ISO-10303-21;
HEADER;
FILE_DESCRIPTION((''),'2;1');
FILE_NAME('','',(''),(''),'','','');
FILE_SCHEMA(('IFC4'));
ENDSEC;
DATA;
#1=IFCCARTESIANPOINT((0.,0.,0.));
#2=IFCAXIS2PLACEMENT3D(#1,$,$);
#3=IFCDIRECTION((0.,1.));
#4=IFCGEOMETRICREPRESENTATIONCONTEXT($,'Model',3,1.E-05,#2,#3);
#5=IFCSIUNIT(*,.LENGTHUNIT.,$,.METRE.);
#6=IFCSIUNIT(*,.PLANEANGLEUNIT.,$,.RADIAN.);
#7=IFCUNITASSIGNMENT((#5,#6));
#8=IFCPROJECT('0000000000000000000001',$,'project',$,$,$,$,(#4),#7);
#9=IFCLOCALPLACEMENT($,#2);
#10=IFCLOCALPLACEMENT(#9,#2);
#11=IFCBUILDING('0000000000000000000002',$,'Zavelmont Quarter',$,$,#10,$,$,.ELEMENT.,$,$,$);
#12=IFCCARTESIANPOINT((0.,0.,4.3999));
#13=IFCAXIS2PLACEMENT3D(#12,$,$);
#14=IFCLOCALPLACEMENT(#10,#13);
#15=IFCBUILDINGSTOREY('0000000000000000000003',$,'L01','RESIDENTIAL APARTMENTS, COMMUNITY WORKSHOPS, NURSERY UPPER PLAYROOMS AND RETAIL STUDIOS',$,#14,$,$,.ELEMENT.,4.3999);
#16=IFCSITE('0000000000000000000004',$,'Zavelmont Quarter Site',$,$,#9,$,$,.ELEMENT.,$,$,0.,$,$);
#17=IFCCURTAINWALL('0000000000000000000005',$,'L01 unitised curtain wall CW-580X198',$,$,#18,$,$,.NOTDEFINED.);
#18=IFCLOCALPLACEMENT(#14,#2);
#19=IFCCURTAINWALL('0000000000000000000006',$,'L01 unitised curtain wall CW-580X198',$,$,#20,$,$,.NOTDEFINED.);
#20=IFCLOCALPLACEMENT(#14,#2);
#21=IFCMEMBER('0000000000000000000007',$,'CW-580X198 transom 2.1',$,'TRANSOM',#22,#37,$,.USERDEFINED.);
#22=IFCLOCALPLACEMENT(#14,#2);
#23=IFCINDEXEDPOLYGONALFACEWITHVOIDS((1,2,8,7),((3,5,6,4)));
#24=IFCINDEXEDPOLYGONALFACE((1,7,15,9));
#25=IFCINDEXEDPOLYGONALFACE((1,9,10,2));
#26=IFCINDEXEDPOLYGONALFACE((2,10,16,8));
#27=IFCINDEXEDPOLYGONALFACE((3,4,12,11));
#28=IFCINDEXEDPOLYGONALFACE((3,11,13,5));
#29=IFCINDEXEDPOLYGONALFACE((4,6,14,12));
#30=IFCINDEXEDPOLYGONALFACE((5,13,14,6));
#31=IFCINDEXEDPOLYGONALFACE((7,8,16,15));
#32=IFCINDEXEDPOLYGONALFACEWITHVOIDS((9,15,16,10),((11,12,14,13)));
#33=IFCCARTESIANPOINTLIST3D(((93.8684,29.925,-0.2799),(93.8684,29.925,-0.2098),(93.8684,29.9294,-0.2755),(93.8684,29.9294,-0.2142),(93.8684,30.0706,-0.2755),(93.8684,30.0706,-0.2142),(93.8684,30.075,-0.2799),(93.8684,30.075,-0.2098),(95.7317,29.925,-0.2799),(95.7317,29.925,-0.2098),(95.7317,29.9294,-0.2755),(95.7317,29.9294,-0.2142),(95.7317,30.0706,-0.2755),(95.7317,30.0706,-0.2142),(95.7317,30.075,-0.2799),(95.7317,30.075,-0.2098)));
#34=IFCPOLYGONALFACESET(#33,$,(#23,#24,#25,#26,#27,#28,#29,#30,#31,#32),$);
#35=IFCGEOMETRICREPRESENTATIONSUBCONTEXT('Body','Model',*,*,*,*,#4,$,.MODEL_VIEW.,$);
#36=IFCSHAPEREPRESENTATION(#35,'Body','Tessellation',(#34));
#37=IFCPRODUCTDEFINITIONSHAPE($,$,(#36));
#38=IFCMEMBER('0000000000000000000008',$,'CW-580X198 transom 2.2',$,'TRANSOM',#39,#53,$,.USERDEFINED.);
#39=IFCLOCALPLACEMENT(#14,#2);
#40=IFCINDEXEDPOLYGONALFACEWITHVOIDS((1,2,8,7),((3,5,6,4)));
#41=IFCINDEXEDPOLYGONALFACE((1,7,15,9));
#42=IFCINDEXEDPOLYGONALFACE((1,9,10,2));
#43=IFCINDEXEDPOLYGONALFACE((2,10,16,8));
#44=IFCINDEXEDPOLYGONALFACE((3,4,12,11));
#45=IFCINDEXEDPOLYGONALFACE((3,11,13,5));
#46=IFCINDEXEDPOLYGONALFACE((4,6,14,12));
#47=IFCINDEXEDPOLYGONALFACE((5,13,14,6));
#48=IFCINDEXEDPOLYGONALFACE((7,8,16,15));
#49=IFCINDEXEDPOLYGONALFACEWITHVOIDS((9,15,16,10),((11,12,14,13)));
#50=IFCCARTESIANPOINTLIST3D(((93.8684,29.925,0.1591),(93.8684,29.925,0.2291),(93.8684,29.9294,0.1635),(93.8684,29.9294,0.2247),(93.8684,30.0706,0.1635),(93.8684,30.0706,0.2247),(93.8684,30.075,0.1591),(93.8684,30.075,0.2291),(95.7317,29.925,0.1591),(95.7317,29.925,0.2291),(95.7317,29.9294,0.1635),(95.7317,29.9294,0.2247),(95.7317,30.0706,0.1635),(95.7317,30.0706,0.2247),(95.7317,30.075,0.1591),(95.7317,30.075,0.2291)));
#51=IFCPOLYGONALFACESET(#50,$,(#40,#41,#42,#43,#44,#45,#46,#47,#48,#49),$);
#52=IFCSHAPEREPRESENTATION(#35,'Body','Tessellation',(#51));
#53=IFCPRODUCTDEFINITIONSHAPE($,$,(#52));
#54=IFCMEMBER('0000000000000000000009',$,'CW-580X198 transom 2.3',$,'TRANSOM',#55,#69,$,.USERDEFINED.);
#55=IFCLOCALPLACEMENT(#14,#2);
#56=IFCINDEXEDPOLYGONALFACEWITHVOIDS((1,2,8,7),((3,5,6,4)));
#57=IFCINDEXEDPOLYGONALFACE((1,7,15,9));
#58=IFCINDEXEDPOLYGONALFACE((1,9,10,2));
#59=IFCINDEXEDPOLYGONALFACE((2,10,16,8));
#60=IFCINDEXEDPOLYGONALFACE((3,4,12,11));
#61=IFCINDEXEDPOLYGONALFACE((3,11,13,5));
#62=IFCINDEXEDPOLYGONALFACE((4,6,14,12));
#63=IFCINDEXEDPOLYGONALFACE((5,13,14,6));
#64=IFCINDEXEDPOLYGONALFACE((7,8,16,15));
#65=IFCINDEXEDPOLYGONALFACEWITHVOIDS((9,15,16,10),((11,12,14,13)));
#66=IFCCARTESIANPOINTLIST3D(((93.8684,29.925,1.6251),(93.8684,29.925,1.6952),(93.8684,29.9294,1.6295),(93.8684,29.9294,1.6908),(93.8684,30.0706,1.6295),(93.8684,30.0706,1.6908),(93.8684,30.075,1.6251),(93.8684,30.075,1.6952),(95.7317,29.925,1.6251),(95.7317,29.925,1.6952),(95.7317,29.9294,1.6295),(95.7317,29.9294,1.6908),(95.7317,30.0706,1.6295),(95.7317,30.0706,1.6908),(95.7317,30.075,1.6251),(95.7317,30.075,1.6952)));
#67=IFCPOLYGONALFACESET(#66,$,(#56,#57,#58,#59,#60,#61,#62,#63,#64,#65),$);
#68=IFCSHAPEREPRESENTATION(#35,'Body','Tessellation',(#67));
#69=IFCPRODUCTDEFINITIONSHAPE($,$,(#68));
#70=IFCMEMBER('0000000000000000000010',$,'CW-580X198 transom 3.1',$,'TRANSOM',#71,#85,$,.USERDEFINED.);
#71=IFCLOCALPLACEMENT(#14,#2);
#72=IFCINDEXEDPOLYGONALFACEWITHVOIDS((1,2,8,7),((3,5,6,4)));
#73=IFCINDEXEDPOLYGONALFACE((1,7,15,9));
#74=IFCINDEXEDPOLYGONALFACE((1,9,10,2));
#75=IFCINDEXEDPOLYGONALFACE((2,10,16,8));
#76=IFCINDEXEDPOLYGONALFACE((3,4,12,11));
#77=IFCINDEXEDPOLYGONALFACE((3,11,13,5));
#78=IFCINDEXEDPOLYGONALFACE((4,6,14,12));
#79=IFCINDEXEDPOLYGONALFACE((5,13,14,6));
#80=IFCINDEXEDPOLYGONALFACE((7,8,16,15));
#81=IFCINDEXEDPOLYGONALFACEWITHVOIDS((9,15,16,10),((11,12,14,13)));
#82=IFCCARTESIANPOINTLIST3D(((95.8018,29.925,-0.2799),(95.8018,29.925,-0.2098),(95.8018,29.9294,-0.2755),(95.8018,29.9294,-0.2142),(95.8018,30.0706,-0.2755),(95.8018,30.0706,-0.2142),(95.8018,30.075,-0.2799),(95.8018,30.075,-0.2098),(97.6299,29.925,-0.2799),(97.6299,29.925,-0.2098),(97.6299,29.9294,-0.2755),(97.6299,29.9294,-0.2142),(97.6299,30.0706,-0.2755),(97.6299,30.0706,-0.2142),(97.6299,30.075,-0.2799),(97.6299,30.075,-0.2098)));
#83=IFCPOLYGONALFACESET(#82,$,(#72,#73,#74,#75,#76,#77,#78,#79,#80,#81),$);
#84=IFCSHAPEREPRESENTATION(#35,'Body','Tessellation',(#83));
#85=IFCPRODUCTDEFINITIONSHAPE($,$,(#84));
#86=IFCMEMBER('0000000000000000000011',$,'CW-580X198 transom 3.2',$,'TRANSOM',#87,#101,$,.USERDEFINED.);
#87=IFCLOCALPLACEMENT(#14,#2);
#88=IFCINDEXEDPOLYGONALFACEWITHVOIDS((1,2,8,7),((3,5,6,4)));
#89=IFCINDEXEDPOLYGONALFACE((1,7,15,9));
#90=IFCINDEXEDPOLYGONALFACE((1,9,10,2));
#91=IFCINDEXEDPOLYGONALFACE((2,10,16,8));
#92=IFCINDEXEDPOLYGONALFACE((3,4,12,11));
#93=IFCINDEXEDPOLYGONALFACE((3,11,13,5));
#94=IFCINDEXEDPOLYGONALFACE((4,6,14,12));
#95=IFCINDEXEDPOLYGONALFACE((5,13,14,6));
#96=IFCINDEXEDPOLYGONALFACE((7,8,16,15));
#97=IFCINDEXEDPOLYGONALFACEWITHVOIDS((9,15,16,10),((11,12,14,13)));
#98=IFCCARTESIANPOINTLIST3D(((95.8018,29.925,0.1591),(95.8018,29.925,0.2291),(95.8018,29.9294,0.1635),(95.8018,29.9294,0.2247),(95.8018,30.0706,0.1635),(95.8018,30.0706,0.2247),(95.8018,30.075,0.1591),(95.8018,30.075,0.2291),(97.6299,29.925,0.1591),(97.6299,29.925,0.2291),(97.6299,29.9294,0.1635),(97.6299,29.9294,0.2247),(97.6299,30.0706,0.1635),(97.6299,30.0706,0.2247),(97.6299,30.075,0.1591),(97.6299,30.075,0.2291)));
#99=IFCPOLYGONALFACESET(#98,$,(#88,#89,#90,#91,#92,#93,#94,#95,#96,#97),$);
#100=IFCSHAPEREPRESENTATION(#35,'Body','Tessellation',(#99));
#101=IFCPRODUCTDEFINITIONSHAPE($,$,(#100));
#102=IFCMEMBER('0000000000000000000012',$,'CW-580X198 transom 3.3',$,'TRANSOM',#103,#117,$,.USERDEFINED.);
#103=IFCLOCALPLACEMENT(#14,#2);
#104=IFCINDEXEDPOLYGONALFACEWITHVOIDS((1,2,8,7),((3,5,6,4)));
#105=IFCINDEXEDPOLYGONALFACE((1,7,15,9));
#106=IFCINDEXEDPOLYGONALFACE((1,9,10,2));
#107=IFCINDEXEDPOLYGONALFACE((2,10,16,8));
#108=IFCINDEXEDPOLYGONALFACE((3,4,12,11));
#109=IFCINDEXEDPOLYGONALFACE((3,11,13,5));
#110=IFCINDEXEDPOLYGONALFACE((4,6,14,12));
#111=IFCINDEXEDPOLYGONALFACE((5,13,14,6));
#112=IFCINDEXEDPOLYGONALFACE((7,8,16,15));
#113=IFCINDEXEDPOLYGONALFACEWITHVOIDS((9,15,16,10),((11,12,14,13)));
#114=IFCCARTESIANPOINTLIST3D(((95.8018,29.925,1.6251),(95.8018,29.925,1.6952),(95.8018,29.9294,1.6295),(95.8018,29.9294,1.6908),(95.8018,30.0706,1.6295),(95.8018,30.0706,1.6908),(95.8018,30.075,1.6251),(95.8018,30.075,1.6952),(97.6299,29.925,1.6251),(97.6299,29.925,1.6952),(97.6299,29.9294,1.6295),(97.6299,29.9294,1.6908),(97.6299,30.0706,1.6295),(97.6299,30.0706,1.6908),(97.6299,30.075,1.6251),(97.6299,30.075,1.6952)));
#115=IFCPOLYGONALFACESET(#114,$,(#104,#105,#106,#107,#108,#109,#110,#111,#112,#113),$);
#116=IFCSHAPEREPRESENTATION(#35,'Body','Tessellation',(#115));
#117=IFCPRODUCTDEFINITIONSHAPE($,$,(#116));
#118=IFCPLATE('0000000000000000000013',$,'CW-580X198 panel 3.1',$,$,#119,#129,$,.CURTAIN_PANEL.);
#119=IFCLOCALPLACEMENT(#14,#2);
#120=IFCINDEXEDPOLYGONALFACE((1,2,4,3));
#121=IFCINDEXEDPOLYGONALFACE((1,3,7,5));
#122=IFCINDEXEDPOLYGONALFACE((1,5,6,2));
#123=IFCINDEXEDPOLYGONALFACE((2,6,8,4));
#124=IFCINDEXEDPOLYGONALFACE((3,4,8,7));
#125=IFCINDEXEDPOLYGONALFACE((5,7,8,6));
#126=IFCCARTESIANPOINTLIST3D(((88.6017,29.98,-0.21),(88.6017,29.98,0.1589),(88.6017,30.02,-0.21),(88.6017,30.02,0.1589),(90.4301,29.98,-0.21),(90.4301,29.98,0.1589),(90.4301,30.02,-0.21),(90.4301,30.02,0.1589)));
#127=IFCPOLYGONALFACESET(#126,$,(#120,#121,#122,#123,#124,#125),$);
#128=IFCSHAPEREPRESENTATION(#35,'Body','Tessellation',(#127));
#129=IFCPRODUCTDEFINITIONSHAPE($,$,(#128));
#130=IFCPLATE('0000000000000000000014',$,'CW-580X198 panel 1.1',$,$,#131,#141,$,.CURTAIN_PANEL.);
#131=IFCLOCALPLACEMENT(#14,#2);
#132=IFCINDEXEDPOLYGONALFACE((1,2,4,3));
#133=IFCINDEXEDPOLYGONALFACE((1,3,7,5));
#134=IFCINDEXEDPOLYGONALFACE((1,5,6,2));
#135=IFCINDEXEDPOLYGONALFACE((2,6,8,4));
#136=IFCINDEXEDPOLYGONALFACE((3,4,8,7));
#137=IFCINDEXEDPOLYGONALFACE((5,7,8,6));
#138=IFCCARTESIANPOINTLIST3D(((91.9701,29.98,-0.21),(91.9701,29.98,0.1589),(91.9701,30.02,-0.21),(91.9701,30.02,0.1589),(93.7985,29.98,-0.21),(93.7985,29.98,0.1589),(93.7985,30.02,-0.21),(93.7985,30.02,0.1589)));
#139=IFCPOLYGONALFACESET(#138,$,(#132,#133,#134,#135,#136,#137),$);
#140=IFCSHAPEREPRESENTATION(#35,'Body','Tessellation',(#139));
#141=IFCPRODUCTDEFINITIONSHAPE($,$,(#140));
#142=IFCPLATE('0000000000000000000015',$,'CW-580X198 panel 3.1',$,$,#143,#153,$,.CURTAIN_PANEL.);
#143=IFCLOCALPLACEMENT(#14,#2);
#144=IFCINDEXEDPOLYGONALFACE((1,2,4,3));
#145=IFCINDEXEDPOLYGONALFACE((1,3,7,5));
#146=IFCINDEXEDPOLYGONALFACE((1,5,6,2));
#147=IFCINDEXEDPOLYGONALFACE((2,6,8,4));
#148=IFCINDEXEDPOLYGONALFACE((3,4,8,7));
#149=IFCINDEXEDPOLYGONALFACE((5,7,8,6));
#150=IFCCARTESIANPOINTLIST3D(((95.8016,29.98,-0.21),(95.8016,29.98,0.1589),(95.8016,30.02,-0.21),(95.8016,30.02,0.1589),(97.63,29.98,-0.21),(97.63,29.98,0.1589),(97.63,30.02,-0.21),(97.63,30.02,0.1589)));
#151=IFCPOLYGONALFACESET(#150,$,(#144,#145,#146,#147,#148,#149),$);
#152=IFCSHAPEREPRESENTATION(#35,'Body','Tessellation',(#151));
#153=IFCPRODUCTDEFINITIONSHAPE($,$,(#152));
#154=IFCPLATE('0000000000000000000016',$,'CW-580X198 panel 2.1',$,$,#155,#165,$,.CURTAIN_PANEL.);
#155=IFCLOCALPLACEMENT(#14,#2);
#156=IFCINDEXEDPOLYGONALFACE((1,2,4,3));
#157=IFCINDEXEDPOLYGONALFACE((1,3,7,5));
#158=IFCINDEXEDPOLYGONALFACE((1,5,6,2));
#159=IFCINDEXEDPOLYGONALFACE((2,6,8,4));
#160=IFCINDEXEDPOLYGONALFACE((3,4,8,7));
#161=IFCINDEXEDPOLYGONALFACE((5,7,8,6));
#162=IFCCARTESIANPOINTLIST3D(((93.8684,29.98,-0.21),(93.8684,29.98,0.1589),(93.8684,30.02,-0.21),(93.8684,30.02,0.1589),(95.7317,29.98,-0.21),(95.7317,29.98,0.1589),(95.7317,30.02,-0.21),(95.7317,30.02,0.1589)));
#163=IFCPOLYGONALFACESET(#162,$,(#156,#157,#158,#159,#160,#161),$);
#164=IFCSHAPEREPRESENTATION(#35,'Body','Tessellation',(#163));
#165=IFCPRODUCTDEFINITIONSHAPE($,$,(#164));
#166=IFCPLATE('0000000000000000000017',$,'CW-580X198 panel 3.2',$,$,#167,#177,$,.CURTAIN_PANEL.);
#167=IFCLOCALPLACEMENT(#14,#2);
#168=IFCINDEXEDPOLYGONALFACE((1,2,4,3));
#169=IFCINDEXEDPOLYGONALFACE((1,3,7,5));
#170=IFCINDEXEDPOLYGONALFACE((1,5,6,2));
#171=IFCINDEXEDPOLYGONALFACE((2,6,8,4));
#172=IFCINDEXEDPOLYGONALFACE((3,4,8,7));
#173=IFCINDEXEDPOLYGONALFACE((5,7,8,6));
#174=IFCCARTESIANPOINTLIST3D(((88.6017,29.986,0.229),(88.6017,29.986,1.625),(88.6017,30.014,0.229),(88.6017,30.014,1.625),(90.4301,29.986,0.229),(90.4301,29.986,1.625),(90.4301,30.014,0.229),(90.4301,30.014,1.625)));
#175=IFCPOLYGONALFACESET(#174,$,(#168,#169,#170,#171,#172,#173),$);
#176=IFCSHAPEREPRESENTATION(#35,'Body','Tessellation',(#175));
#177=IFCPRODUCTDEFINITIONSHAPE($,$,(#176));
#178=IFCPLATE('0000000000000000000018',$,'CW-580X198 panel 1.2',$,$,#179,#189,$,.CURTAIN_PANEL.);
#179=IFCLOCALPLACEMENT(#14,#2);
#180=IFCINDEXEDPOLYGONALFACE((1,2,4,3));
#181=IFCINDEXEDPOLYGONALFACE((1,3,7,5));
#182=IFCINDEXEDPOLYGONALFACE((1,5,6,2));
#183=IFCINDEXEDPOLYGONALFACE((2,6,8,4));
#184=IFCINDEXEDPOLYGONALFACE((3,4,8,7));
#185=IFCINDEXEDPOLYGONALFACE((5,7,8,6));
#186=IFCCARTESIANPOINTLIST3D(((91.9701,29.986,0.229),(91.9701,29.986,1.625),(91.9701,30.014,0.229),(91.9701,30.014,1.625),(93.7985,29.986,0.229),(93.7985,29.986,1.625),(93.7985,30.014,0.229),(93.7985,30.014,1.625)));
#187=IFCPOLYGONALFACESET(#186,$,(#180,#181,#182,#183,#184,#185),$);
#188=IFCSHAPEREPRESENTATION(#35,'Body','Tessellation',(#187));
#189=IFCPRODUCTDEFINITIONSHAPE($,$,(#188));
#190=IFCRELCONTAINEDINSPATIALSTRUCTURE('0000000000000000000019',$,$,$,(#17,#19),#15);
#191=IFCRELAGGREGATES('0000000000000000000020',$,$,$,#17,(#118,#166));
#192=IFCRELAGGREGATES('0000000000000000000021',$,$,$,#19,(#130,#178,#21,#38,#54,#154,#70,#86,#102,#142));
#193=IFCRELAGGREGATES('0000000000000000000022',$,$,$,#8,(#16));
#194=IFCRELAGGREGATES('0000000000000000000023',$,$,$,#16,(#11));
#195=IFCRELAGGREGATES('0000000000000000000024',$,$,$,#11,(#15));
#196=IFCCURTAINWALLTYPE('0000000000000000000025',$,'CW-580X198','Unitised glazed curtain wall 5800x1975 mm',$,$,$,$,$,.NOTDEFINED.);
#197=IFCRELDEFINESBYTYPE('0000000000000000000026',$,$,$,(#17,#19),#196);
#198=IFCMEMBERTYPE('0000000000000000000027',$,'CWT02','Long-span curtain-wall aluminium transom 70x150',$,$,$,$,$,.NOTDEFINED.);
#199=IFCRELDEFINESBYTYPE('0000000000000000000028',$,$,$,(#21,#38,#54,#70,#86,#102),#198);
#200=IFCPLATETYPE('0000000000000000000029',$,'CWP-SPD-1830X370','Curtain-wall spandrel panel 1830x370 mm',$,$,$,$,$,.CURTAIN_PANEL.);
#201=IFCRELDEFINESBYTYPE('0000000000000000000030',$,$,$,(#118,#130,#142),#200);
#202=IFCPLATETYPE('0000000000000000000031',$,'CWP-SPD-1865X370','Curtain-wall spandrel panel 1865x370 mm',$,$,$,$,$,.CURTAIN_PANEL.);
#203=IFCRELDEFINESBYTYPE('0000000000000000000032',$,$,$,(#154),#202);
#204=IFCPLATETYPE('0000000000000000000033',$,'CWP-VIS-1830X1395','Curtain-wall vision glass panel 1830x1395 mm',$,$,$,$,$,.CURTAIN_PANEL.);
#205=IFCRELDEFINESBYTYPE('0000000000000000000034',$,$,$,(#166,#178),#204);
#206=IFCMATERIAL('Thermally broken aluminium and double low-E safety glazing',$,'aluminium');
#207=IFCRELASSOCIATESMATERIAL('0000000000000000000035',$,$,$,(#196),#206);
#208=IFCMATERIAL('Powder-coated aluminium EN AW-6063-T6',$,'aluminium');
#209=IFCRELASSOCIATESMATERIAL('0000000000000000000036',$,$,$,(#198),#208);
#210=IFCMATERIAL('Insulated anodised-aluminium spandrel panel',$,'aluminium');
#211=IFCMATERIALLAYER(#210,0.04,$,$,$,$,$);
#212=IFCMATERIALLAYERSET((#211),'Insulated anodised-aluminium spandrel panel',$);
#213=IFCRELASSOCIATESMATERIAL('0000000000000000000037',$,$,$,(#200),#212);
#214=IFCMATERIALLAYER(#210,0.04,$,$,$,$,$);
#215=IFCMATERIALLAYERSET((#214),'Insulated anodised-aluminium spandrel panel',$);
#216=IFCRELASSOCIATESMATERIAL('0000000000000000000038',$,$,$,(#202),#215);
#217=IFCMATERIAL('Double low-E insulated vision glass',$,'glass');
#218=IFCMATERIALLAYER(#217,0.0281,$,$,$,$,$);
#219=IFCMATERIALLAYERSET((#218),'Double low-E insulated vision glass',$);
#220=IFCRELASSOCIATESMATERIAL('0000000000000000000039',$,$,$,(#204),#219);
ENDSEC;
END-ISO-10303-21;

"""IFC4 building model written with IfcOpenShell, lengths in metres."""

from ifc_helpers import new_model, si_unit, direction, frame, origin, origin_2d, place, context, subcontext, project, spatial, rectangle, hollow_rectangle, extrude, material, layer, layer_set, material_profile, profile_set, type_object, element, aggregate, save


model = new_model("IFC4")

# Units and contexts
model_context = context("Model", 3, precision=1e-05, world=origin(), true_north=direction((0.0, 1.0)))
body_context = subcontext(model_context, "Body", "Model", "MODEL_VIEW")
ifc_project = project(units=[si_unit("LENGTHUNIT", "METRE"), si_unit("PLANEANGLEUNIT", "RADIAN")], contexts=[model_context])

# Site, building, storey
site_placement = place(None, origin())
site = spatial("IfcSite", under=ifc_project, at=site_placement, Name="Zavelmont Quarter Site", CompositionType="ELEMENT", RefElevation=0.0)
building_placement = place(site_placement, origin())
building = spatial("IfcBuilding", under=site, at=building_placement, Name="Zavelmont Quarter", CompositionType="ELEMENT")
storey_placement = place(building_placement, frame((0.0, 0.0, 4.3999)))
storey = spatial("IfcBuildingStorey", under=building, at=storey_placement, Name="L01", Description="RESIDENTIAL APARTMENTS, COMMUNITY WORKSHOPS, NURSERY UPPER PLAYROOMS AND RETAIL STUDIOS", CompositionType="ELEMENT", Elevation=4.3999)

# Curtain wall
ifc_material_1 = material(Name="Thermally broken aluminium and double low-E safety glazing", Category="aluminium")
curtain_wall_type = type_object("IfcCurtainWallType", Name="CW-580X198", Description="Unitised glazed curtain wall 5800x1975 mm", PredefinedType="NOTDEFINED", material=ifc_material_1)
curtain_wall_1_placement = place(storey_placement, origin())
curtain_wall_1 = element("IfcCurtainWall", 1, at=curtain_wall_1_placement, inside=storey, type_object=curtain_wall_type, Name="L01 unitised curtain wall CW-580X198", PredefinedType="NOTDEFINED")
ifc_material_2 = material(Name="Powder-coated aluminium EN AW-6063-T6", Category="aluminium")

# Curtain wall
curtain_wall_2_placement = place(storey_placement, origin())
curtain_wall_2 = element("IfcCurtainWall", 2, at=curtain_wall_2_placement, inside=storey, type_object=curtain_wall_type, Name="L01 unitised curtain wall CW-580X198", PredefinedType="NOTDEFINED")

# Members
ifc_material_profile_1 = material_profile(ifc_material_2, hollow_rectangle(XDim=0.1499, YDim=0.0701, WallThickness=0.0044, at=origin_2d()), Name="CWT70X150")
ifc_profile_set_1 = profile_set([ifc_material_profile_1], Name="Powder-coated aluminium EN AW-6063-T6")
member_type_1 = type_object("IfcMemberType", Name="CWT02", Description="Long-span curtain-wall aluminium transom 70x150", PredefinedType="NOTDEFINED", material=ifc_profile_set_1)
member_1_placement = place(storey_placement, frame((93.8684, 30.0, -0.2449), z_axis=(1.0, 0.0, 0.0), x_axis=(0.0, 1.0, 0.0)))
member_1 = element("IfcMember", 3, at=member_1_placement, type_object=member_type_1, Name="CW-580X198 transom 2.1", ObjectType="TRANSOM", PredefinedType="USERDEFINED", context=body_context, shape_type="SweptSolid", body=[
    extrude(hollow_rectangle(XDim=0.1499, YDim=0.0701, WallThickness=0.0044, at=origin_2d()), origin(), (0.0, 0.0, 1.0), 1.8633),
])
member_2_placement = place(storey_placement, frame((93.8684, 30.0, 0.1941), z_axis=(1.0, 0.0, 0.0), x_axis=(0.0, 1.0, 0.0)))
member_2 = element("IfcMember", 4, at=member_2_placement, type_object=member_type_1, Name="CW-580X198 transom 2.2", ObjectType="TRANSOM", PredefinedType="USERDEFINED", context=body_context, shape_type="SweptSolid", body=[
    extrude(hollow_rectangle(XDim=0.1499, YDim=0.0701, WallThickness=0.0044, at=origin_2d()), origin(), (0.0, 0.0, 1.0), 1.8633),
])
member_3_placement = place(storey_placement, frame((93.8684, 30.0, 1.6602), z_axis=(1.0, 0.0, 0.0), x_axis=(0.0, 1.0, 0.0)))
member_3 = element("IfcMember", 5, at=member_3_placement, type_object=member_type_1, Name="CW-580X198 transom 2.3", ObjectType="TRANSOM", PredefinedType="USERDEFINED", context=body_context, shape_type="SweptSolid", body=[
    extrude(hollow_rectangle(XDim=0.1499, YDim=0.0701, WallThickness=0.0044, at=origin_2d()), origin(), (0.0, 0.0, 1.0), 1.8633),
])
member_4_placement = place(storey_placement, frame((95.8018, 30.0, -0.2449), z_axis=(1.0, 0.0, 0.0), x_axis=(0.0, 1.0, 0.0)))
member_4 = element("IfcMember", 6, at=member_4_placement, type_object=member_type_1, Name="CW-580X198 transom 3.1", ObjectType="TRANSOM", PredefinedType="USERDEFINED", context=body_context, shape_type="SweptSolid", body=[
    extrude(hollow_rectangle(XDim=0.1499, YDim=0.0701, WallThickness=0.0044, at=origin_2d()), origin(), (0.0, 0.0, 1.0), 1.8281),
])
member_5_placement = place(storey_placement, frame((95.8018, 30.0, 0.1941), z_axis=(1.0, 0.0, 0.0), x_axis=(0.0, 1.0, 0.0)))
member_5 = element("IfcMember", 7, at=member_5_placement, type_object=member_type_1, Name="CW-580X198 transom 3.2", ObjectType="TRANSOM", PredefinedType="USERDEFINED", context=body_context, shape_type="SweptSolid", body=[
    extrude(hollow_rectangle(XDim=0.1499, YDim=0.0701, WallThickness=0.0044, at=origin_2d()), origin(), (0.0, 0.0, 1.0), 1.8281),
])
member_6_placement = place(storey_placement, frame((95.8018, 30.0, 1.6602), z_axis=(1.0, 0.0, 0.0), x_axis=(0.0, 1.0, 0.0)))
member_6 = element("IfcMember", 8, at=member_6_placement, type_object=member_type_1, Name="CW-580X198 transom 3.3", ObjectType="TRANSOM", PredefinedType="USERDEFINED", context=body_context, shape_type="SweptSolid", body=[
    extrude(hollow_rectangle(XDim=0.1499, YDim=0.0701, WallThickness=0.0044, at=origin_2d()), origin(), (0.0, 0.0, 1.0), 1.8281),
])

# Plates
ifc_material_3 = material(Name="Insulated anodised-aluminium spandrel panel", Category="aluminium")
ifc_layer_1 = layer(ifc_material_3, 0.04)
ifc_layer_set_1 = layer_set([ifc_layer_1], Name="Insulated anodised-aluminium spandrel panel")
plate_type_1 = type_object("IfcPlateType", Name="CWP-SPD-1830X370", Description="Curtain-wall spandrel panel 1830x370 mm", PredefinedType="CURTAIN_PANEL", material=ifc_layer_set_1)
plate_1_placement = place(storey_placement, frame((89.5159, 30.0, -0.21), z_axis=(0.0, 0.0, 1.0), x_axis=(1.0, 0.0, 0.0)))
plate_1 = element("IfcPlate", 9, at=plate_1_placement, type_object=plate_type_1, Name="CW-580X198 panel 3.1", PredefinedType="CURTAIN_PANEL", context=body_context, shape_type="SweptSolid", body=[
    extrude(rectangle(XDim=1.8284, YDim=0.04, at=origin_2d()), origin(), (0.0, 0.0, 1.0), 0.3689),
])
plate_2_placement = place(storey_placement, frame((92.8843, 30.0, -0.21), z_axis=(0.0, 0.0, 1.0), x_axis=(1.0, 0.0, 0.0)))
plate_2 = element("IfcPlate", 10, at=plate_2_placement, type_object=plate_type_1, Name="CW-580X198 panel 1.1", PredefinedType="CURTAIN_PANEL", context=body_context, shape_type="SweptSolid", body=[
    extrude(rectangle(XDim=1.8284, YDim=0.04, at=origin_2d()), origin(), (0.0, 0.0, 1.0), 0.3689),
])
plate_3_placement = place(storey_placement, frame((96.7158, 30.0, -0.21), z_axis=(0.0, 0.0, 1.0), x_axis=(1.0, 0.0, 0.0)))
plate_3 = element("IfcPlate", 11, at=plate_3_placement, type_object=plate_type_1, Name="CW-580X198 panel 3.1", PredefinedType="CURTAIN_PANEL", context=body_context, shape_type="SweptSolid", body=[
    extrude(rectangle(XDim=1.8284, YDim=0.04, at=origin_2d()), origin(), (0.0, 0.0, 1.0), 0.3689),
])
ifc_layer_2 = layer(ifc_material_3, 0.04)
ifc_layer_set_2 = layer_set([ifc_layer_2], Name="Insulated anodised-aluminium spandrel panel")
plate_type_2 = type_object("IfcPlateType", Name="CWP-SPD-1865X370", Description="Curtain-wall spandrel panel 1865x370 mm", PredefinedType="CURTAIN_PANEL", material=ifc_layer_set_2)
plate_4_placement = place(storey_placement, frame((94.8, 30.0, -0.21), z_axis=(0.0, 0.0, 1.0), x_axis=(1.0, 0.0, 0.0)))
plate_4 = element("IfcPlate", 12, at=plate_4_placement, type_object=plate_type_2, Name="CW-580X198 panel 2.1", PredefinedType="CURTAIN_PANEL", context=body_context, shape_type="SweptSolid", body=[
    extrude(rectangle(XDim=1.8633, YDim=0.04, at=origin_2d()), origin(), (0.0, 0.0, 1.0), 0.3689),
])
ifc_material_4 = material(Name="Double low-E insulated vision glass", Category="glass")
ifc_layer_3 = layer(ifc_material_4, 0.0281)
ifc_layer_set_3 = layer_set([ifc_layer_3], Name="Double low-E insulated vision glass")
plate_type_3 = type_object("IfcPlateType", Name="CWP-VIS-1830X1395", Description="Curtain-wall vision glass panel 1830x1395 mm", PredefinedType="CURTAIN_PANEL", material=ifc_layer_set_3)
plate_5_placement = place(storey_placement, frame((89.5159, 30.0, 0.229), z_axis=(0.0, 0.0, 1.0), x_axis=(1.0, 0.0, 0.0)))
plate_5 = element("IfcPlate", 13, at=plate_5_placement, type_object=plate_type_3, Name="CW-580X198 panel 3.2", PredefinedType="CURTAIN_PANEL", context=body_context, shape_type="SweptSolid", body=[
    extrude(rectangle(XDim=1.8284, YDim=0.0281, at=origin_2d()), origin(), (0.0, 0.0, 1.0), 1.396),
])
aggregate(curtain_wall_1, [plate_1, plate_5])
plate_6_placement = place(storey_placement, frame((92.8843, 30.0, 0.229), z_axis=(0.0, 0.0, 1.0), x_axis=(1.0, 0.0, 0.0)))
plate_6 = element("IfcPlate", 14, at=plate_6_placement, type_object=plate_type_3, Name="CW-580X198 panel 1.2", PredefinedType="CURTAIN_PANEL", context=body_context, shape_type="SweptSolid", body=[
    extrude(rectangle(XDim=1.8284, YDim=0.0281, at=origin_2d()), origin(), (0.0, 0.0, 1.0), 1.396),
])
aggregate(curtain_wall_2, [plate_2, plate_6, member_1, member_2, member_3, plate_4, member_4, member_5, member_6, plate_3])

save(model, "model.ifc")
